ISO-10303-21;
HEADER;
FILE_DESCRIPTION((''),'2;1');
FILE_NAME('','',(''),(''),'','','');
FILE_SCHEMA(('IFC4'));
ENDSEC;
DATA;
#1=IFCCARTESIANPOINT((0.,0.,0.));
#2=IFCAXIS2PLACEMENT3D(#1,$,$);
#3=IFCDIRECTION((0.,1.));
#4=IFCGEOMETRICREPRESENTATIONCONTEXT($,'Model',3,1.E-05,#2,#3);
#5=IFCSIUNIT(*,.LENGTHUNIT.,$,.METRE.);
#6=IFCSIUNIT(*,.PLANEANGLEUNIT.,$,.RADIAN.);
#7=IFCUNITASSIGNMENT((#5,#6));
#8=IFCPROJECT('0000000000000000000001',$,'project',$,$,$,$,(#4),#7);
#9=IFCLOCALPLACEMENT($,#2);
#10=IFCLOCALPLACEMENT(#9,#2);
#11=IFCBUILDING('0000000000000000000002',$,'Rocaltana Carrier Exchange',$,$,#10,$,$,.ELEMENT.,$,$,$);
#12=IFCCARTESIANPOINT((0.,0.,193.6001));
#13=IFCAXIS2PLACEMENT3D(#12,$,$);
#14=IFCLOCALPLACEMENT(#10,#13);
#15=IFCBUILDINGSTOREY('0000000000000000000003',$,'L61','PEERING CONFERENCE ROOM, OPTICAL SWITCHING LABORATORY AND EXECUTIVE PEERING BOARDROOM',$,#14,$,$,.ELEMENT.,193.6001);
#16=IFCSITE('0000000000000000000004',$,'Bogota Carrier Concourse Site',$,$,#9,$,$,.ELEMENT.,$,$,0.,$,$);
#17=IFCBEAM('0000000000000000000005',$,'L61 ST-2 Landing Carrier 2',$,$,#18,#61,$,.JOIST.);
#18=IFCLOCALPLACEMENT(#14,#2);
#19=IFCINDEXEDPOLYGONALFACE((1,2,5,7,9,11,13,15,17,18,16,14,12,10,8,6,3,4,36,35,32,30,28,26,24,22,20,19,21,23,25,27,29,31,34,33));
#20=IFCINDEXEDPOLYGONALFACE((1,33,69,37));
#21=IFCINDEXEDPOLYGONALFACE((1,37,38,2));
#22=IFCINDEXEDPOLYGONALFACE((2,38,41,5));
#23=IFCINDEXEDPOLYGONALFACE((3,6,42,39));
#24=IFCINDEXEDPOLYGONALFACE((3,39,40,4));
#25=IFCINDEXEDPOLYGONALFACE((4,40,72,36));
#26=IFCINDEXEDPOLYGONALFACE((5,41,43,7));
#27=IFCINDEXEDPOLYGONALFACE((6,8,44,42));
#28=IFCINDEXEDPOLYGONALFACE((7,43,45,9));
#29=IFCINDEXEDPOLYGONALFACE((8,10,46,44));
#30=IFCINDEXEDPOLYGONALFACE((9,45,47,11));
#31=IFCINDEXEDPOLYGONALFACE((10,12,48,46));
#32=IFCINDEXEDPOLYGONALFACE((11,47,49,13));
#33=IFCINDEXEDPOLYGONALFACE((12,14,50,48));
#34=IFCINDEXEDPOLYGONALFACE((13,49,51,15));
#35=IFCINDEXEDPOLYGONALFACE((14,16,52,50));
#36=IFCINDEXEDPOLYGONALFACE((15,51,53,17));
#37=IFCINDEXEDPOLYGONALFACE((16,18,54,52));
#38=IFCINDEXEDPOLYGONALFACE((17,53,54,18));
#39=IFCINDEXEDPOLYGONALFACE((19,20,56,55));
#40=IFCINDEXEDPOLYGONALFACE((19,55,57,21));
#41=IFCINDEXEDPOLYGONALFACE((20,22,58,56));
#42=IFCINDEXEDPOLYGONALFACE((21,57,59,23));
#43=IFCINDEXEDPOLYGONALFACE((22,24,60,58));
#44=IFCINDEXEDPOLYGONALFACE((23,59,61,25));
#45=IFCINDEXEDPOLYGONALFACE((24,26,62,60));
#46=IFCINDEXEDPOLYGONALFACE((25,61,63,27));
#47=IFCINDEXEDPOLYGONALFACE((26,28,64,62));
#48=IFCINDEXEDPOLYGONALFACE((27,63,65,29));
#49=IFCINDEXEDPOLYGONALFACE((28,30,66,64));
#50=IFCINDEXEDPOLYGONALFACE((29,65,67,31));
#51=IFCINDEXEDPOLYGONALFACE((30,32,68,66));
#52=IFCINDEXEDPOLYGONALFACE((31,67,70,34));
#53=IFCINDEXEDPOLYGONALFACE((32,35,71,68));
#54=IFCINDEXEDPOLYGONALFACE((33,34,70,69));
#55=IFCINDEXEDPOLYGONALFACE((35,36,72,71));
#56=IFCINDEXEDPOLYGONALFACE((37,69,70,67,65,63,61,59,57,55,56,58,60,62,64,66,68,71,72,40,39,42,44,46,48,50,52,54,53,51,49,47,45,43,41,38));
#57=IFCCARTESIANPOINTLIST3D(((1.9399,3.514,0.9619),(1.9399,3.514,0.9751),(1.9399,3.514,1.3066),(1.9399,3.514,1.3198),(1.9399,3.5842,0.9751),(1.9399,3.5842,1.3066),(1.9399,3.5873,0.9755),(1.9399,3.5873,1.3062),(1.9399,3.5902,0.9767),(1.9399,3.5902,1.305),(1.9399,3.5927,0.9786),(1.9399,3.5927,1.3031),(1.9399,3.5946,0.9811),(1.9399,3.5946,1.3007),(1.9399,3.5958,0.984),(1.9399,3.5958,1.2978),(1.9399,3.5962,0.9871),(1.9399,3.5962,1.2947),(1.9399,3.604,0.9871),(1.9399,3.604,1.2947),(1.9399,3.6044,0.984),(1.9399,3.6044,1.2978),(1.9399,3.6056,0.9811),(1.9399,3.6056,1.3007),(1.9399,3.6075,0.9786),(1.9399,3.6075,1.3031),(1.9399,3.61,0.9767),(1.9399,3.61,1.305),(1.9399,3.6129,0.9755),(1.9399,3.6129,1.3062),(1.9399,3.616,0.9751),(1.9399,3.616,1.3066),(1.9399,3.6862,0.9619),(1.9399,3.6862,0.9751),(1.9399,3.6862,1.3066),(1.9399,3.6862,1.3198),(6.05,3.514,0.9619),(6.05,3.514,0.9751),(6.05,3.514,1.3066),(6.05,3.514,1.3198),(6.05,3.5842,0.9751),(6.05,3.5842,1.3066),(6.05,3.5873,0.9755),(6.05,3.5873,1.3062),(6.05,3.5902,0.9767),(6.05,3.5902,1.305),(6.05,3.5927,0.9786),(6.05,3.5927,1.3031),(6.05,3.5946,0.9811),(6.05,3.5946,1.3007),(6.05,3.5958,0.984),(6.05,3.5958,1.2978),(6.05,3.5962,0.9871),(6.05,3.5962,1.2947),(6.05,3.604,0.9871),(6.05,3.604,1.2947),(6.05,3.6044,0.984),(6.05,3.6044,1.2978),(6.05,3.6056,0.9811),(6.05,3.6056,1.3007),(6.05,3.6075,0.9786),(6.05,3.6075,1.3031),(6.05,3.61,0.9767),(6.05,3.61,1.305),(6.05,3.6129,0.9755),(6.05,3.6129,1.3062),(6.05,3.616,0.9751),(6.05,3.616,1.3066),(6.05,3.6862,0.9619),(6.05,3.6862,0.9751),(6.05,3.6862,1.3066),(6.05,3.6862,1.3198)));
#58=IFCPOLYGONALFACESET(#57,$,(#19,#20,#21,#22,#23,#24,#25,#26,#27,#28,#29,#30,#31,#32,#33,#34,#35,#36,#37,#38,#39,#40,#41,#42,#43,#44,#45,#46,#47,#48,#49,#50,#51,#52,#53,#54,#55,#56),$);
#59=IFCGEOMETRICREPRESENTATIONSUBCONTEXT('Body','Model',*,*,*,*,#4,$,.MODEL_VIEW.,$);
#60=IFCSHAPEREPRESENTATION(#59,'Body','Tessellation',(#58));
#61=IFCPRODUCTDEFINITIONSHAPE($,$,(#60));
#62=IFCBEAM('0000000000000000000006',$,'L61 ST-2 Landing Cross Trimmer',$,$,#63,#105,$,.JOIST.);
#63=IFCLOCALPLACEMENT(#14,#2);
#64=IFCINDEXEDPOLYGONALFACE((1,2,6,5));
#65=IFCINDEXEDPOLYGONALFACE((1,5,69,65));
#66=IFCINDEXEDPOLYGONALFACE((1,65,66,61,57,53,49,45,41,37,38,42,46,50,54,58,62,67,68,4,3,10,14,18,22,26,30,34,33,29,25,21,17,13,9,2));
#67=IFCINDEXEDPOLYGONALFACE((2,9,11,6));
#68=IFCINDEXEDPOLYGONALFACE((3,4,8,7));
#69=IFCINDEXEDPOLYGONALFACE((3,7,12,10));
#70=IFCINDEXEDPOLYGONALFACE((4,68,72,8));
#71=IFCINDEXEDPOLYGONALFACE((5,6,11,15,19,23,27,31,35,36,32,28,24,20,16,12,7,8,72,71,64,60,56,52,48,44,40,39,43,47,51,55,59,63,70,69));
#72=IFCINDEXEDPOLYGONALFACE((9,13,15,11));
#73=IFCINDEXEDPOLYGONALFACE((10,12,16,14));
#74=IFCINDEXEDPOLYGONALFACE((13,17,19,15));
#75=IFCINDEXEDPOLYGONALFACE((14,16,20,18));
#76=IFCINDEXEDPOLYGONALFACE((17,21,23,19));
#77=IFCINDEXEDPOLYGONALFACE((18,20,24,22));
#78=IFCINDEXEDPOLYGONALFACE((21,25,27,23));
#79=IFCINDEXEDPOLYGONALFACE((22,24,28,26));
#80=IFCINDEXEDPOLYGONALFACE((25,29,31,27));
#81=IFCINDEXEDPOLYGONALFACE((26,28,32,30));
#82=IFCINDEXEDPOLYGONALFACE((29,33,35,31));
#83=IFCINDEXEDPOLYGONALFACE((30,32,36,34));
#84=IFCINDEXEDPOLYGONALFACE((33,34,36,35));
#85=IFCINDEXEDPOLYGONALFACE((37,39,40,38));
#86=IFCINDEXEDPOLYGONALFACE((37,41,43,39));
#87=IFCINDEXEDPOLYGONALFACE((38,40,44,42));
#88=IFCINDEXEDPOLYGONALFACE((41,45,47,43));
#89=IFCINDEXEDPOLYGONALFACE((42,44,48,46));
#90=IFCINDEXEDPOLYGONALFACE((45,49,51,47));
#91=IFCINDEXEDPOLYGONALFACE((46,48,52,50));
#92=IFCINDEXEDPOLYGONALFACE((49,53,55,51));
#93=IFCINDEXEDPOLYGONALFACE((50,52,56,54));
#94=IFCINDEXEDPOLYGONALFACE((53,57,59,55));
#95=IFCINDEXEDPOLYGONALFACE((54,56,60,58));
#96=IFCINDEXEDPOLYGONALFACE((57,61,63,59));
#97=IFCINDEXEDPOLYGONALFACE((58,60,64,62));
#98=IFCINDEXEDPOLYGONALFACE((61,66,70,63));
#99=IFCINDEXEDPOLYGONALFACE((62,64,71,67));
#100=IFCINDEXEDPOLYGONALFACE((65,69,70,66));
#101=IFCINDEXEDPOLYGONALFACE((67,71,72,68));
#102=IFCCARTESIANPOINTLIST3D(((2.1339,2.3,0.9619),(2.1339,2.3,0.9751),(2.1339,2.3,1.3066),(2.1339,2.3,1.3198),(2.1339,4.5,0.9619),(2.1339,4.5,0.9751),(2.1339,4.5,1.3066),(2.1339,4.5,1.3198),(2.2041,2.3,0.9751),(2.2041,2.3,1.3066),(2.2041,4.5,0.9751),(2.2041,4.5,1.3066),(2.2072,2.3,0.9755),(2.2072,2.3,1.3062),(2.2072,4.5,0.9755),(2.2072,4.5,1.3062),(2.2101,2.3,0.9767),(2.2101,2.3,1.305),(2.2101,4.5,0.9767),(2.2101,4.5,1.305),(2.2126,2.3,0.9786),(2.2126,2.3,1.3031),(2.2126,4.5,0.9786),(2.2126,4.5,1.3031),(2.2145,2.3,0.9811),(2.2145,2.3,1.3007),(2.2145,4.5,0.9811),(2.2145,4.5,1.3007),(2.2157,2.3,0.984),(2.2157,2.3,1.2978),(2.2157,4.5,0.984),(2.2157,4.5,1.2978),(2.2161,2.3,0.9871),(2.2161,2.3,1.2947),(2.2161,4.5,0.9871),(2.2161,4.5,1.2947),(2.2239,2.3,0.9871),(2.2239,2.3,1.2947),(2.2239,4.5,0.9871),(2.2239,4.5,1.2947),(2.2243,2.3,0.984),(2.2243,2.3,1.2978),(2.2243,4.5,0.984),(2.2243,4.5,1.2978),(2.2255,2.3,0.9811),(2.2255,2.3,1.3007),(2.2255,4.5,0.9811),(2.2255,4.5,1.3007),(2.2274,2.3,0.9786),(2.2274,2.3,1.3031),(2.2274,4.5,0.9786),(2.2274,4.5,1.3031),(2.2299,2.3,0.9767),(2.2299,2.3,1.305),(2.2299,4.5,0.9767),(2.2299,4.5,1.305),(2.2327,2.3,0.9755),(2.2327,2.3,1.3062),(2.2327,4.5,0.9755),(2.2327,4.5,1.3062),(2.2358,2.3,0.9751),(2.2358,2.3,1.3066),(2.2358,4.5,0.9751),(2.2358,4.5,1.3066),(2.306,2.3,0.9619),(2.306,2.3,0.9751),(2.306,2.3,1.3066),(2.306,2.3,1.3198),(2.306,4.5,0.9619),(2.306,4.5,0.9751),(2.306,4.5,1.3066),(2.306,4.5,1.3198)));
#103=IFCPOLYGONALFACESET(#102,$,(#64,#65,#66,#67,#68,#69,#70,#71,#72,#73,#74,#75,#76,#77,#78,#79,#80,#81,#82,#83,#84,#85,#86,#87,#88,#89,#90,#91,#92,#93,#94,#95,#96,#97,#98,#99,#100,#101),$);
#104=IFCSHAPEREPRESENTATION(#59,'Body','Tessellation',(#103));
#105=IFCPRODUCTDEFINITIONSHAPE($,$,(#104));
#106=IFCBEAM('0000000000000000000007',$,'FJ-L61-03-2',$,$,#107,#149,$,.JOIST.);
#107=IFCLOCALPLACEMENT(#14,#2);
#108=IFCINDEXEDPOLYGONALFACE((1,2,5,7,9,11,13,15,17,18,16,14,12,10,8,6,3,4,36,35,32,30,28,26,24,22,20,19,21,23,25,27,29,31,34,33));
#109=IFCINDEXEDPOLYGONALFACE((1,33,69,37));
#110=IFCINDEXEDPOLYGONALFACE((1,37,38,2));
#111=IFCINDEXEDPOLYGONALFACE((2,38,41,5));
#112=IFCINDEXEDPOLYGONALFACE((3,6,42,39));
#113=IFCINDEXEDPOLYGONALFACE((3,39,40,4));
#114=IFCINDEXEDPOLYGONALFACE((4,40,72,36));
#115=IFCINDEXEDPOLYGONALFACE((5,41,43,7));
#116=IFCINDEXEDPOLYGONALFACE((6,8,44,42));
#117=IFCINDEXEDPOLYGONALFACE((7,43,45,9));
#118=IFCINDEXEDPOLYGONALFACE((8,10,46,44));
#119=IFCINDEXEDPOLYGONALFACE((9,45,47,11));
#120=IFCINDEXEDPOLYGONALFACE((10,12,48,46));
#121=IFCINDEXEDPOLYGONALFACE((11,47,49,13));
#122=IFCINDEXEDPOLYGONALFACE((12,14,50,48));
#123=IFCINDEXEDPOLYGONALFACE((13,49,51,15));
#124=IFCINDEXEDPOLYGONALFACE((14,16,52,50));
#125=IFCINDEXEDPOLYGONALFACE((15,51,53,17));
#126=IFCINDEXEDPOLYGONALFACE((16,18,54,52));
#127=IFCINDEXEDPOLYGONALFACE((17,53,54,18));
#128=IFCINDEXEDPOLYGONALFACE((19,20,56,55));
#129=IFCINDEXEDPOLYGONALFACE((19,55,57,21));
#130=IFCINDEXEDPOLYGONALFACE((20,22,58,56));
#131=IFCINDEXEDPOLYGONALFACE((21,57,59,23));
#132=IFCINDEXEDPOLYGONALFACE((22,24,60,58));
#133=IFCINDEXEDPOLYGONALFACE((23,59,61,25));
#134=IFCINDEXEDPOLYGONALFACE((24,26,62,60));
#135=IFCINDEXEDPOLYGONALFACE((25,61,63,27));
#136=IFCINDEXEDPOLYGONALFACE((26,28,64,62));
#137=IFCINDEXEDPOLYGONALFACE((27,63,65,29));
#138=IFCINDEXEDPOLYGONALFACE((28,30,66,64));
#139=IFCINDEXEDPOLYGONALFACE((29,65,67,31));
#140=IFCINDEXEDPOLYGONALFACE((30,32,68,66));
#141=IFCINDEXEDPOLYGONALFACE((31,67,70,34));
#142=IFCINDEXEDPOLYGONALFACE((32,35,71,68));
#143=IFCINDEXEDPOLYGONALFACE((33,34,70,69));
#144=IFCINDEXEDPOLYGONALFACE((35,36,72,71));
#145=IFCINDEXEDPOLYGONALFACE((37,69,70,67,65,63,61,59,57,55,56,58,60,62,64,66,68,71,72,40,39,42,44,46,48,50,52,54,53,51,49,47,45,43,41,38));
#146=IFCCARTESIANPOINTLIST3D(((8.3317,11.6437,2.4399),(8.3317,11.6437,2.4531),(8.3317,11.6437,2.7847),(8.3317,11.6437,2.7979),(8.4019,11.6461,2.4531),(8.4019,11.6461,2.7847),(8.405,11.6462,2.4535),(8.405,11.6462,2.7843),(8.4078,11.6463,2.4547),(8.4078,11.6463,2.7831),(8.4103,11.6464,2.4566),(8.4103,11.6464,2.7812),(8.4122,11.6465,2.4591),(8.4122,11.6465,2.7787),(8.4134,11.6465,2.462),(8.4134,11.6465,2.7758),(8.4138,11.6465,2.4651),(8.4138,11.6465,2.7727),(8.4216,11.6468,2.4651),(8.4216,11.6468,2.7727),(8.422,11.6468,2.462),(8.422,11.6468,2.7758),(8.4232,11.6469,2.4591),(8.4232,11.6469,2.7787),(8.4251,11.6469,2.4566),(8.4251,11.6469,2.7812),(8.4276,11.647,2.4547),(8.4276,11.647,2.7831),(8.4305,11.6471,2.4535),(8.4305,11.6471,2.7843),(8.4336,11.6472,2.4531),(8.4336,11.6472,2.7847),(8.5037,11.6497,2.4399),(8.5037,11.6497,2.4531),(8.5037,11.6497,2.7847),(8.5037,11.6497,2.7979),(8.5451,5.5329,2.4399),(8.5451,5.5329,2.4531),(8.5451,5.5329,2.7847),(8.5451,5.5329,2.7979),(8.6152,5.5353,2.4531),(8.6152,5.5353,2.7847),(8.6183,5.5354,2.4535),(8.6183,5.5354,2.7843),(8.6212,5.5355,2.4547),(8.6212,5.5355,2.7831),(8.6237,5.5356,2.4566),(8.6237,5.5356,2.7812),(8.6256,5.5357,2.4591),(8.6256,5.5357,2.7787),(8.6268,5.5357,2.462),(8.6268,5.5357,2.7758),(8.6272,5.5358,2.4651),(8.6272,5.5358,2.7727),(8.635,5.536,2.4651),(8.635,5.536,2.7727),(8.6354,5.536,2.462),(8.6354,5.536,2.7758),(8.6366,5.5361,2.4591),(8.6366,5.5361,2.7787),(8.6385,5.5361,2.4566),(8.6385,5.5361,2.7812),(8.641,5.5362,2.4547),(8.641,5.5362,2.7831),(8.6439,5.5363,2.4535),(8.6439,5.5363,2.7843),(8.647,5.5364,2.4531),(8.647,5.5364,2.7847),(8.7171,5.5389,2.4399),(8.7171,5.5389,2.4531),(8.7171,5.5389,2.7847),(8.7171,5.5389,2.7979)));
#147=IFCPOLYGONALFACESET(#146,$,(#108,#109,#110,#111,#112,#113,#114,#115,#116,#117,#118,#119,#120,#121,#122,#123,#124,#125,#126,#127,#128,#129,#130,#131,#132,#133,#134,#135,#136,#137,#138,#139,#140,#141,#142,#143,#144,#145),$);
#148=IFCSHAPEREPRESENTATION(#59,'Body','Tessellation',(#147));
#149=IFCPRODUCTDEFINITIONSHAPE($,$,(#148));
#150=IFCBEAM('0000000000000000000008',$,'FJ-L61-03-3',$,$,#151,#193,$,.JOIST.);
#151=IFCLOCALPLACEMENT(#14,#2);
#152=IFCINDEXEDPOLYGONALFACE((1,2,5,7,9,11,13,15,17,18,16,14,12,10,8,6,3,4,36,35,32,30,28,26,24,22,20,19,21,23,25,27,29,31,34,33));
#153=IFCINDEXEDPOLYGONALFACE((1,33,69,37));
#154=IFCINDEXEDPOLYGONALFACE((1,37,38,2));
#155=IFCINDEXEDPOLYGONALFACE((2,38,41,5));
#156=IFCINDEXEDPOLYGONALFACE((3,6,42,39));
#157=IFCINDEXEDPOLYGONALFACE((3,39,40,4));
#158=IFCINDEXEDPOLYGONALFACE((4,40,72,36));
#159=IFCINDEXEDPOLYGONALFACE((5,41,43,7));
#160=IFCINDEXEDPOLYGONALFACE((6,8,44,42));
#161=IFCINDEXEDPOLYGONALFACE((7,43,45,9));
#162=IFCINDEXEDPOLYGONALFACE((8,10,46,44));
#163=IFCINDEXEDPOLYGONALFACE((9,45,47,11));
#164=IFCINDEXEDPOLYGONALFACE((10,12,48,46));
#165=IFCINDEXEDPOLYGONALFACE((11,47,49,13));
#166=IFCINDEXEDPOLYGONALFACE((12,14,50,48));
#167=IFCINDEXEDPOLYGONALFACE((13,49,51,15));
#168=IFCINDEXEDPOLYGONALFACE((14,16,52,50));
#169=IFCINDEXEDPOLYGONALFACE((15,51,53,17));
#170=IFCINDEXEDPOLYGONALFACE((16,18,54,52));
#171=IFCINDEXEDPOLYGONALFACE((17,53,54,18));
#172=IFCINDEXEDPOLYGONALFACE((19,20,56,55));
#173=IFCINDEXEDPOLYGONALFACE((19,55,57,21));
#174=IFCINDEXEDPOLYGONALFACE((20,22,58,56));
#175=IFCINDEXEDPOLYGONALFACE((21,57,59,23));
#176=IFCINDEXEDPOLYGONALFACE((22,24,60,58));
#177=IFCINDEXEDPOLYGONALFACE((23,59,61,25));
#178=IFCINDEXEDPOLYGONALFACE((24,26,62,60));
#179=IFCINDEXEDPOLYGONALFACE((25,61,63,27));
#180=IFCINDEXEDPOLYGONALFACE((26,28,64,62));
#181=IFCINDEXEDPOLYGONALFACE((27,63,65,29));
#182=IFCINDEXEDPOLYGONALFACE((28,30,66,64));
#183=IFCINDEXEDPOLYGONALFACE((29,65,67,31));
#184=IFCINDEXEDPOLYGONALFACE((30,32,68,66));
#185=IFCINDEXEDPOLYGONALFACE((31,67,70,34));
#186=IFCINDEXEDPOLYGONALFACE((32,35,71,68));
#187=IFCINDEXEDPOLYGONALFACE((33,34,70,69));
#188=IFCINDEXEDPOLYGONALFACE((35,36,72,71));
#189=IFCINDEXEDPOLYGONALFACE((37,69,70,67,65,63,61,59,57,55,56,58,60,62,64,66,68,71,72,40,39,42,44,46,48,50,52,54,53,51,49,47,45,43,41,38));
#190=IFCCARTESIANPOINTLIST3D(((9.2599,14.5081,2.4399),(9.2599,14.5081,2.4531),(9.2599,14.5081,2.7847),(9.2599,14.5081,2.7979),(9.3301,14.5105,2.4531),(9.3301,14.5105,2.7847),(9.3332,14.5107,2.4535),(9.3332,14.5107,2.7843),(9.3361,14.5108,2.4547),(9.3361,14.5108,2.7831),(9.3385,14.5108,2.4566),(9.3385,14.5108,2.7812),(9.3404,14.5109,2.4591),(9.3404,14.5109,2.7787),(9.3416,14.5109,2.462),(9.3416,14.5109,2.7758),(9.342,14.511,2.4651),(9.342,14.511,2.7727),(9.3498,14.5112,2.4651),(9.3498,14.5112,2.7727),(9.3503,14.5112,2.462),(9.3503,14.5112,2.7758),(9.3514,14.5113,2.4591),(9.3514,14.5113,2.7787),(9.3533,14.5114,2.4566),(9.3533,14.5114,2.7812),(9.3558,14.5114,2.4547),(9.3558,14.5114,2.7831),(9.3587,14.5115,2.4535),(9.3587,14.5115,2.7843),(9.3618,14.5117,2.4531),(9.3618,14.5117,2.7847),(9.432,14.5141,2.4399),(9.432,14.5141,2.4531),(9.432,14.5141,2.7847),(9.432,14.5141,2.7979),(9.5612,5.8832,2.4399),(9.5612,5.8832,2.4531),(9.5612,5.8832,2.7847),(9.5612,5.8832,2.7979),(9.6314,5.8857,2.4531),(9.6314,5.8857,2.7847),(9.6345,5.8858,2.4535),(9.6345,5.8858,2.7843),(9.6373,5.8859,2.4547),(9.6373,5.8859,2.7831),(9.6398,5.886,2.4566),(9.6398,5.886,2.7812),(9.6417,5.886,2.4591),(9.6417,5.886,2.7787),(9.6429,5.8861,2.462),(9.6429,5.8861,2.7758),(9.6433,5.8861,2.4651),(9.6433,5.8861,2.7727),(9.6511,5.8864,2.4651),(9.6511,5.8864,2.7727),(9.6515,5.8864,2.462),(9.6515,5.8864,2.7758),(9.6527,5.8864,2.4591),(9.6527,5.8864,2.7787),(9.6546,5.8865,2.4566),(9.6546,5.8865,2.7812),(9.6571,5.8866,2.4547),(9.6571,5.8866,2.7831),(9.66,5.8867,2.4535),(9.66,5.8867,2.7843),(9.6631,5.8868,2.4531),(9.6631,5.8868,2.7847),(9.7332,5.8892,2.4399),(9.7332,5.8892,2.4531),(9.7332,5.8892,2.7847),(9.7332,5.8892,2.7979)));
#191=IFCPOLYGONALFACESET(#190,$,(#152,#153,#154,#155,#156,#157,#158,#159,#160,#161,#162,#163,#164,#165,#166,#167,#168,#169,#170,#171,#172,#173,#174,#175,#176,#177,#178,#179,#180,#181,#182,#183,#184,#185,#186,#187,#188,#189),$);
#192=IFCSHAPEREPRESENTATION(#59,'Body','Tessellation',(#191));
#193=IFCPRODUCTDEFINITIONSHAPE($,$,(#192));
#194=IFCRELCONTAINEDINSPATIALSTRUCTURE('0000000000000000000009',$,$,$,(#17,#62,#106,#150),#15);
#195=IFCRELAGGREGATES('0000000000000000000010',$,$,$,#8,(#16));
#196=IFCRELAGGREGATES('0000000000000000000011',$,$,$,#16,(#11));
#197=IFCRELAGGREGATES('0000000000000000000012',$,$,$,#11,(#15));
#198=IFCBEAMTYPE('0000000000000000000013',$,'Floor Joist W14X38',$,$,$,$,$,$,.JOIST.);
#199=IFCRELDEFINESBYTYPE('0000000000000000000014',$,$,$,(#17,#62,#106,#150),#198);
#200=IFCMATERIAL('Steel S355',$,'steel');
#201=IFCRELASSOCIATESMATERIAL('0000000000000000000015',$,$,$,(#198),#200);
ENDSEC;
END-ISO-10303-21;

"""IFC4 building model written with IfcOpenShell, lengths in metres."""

from ifc_helpers import new_model, si_unit, direction, frame, origin, origin_2d, place, context, subcontext, project, spatial, i_section, extrude, material, material_profile, profile_set, type_object, element, save


model = new_model("IFC4")

# Units and contexts
model_context = context("Model", 3, precision=1e-05, world=origin(), true_north=direction((0.0, 1.0)))
body_context = subcontext(model_context, "Body", "Model", "MODEL_VIEW")
ifc_project = project(units=[si_unit("LENGTHUNIT", "METRE"), si_unit("PLANEANGLEUNIT", "RADIAN")], contexts=[model_context])

# Site, building, storey
site_placement = place(None, origin())
site = spatial("IfcSite", under=ifc_project, at=site_placement, Name="Bogota Carrier Concourse Site", CompositionType="ELEMENT", RefElevation=0.0)
building_placement = place(site_placement, origin())
building = spatial("IfcBuilding", under=site, at=building_placement, Name="Rocaltana Carrier Exchange", CompositionType="ELEMENT")
storey_placement = place(building_placement, frame((0.0, 0.0, 193.6001)))
storey = spatial("IfcBuildingStorey", under=building, at=storey_placement, Name="L61", Description="PEERING CONFERENCE ROOM, OPTICAL SWITCHING LABORATORY AND EXECUTIVE PEERING BOARDROOM", CompositionType="ELEMENT", Elevation=193.6001)

# Beams
ifc_material_1 = material(Name="Steel S355", Category="steel")
ifc_material_profile_1 = material_profile(ifc_material_1, i_section(OverallWidth=0.1721, OverallDepth=0.3579, WebThickness=0.0078, FlangeThickness=0.0132, FilletRadius=0.012, at=origin_2d()), Name="W14X38")
ifc_profile_set_1 = profile_set([ifc_material_profile_1], Name="Steel S355")
beam_type_1 = type_object("IfcBeamType", Name="Floor Joist W14X38", PredefinedType="JOIST", material=ifc_profile_set_1)
for number, where, z_axis, x_axis, name in (
    (1, (1.9399, 3.6001, 1.1409), (1.0, 0.0, 0.0), (0.0, 1.0, 0.0), "L61 ST-2 Landing Carrier 2"),
):
    element("IfcBeam", number, at=place(storey_placement, frame(where, z_axis=z_axis, x_axis=x_axis)), inside=storey, type_object=beam_type_1, Name=name, PredefinedType="JOIST", context=body_context, shape_type="SweptSolid", body=[
        extrude(i_section(OverallWidth=0.1721, OverallDepth=0.3579, WebThickness=0.0078, FlangeThickness=0.0132, FilletRadius=0.012, at=origin_2d()), origin(), (0.0, 0.0, 1.0), 4.1101),
    ])
beam_1_placement = place(storey_placement, frame((2.22, 2.3, 1.1409), z_axis=(0.0, 1.0, 0.0), x_axis=(-1.0, 0.0, 0.0)))
element("IfcBeam", 2, at=beam_1_placement, inside=storey, type_object=beam_type_1, Name="L61 ST-2 Landing Cross Trimmer", PredefinedType="JOIST", context=body_context, shape_type="SweptSolid", body=[
    extrude(i_section(OverallWidth=0.1721, OverallDepth=0.3579, WebThickness=0.0078, FlangeThickness=0.0132, FilletRadius=0.012, at=origin_2d()), origin(), (0.0, 0.0, 1.0), 2.2),
])
beam_2_placement = place(storey_placement, frame((8.6311, 5.5359, 2.6189), z_axis=(-0.034897, 0.999391, 0.0), x_axis=(-0.999391, -0.034897, 0.0)))
element("IfcBeam", 3, at=beam_2_placement, inside=storey, type_object=beam_type_1, Name="FJ-L61-03-2", PredefinedType="JOIST", context=body_context, shape_type="SweptSolid", body=[
    extrude(i_section(OverallWidth=0.1721, OverallDepth=0.3579, WebThickness=0.0078, FlangeThickness=0.0132, FilletRadius=0.012, at=origin_2d()), origin(), (0.0, 0.0, 1.0), 6.1145),
])
beam_3_placement = place(storey_placement, frame((9.6472, 5.8862, 2.6189), z_axis=(-0.034909, 0.99939, 0.0), x_axis=(-0.99939, -0.034909, 0.0)))
element("IfcBeam", 4, at=beam_3_placement, inside=storey, type_object=beam_type_1, Name="FJ-L61-03-3", PredefinedType="JOIST", context=body_context, shape_type="SweptSolid", body=[
    extrude(i_section(OverallWidth=0.1721, OverallDepth=0.3579, WebThickness=0.0078, FlangeThickness=0.0132, FilletRadius=0.012, at=origin_2d()), origin(), (0.0, 0.0, 1.0), 8.6301),
])

save(model, "model.ifc")
